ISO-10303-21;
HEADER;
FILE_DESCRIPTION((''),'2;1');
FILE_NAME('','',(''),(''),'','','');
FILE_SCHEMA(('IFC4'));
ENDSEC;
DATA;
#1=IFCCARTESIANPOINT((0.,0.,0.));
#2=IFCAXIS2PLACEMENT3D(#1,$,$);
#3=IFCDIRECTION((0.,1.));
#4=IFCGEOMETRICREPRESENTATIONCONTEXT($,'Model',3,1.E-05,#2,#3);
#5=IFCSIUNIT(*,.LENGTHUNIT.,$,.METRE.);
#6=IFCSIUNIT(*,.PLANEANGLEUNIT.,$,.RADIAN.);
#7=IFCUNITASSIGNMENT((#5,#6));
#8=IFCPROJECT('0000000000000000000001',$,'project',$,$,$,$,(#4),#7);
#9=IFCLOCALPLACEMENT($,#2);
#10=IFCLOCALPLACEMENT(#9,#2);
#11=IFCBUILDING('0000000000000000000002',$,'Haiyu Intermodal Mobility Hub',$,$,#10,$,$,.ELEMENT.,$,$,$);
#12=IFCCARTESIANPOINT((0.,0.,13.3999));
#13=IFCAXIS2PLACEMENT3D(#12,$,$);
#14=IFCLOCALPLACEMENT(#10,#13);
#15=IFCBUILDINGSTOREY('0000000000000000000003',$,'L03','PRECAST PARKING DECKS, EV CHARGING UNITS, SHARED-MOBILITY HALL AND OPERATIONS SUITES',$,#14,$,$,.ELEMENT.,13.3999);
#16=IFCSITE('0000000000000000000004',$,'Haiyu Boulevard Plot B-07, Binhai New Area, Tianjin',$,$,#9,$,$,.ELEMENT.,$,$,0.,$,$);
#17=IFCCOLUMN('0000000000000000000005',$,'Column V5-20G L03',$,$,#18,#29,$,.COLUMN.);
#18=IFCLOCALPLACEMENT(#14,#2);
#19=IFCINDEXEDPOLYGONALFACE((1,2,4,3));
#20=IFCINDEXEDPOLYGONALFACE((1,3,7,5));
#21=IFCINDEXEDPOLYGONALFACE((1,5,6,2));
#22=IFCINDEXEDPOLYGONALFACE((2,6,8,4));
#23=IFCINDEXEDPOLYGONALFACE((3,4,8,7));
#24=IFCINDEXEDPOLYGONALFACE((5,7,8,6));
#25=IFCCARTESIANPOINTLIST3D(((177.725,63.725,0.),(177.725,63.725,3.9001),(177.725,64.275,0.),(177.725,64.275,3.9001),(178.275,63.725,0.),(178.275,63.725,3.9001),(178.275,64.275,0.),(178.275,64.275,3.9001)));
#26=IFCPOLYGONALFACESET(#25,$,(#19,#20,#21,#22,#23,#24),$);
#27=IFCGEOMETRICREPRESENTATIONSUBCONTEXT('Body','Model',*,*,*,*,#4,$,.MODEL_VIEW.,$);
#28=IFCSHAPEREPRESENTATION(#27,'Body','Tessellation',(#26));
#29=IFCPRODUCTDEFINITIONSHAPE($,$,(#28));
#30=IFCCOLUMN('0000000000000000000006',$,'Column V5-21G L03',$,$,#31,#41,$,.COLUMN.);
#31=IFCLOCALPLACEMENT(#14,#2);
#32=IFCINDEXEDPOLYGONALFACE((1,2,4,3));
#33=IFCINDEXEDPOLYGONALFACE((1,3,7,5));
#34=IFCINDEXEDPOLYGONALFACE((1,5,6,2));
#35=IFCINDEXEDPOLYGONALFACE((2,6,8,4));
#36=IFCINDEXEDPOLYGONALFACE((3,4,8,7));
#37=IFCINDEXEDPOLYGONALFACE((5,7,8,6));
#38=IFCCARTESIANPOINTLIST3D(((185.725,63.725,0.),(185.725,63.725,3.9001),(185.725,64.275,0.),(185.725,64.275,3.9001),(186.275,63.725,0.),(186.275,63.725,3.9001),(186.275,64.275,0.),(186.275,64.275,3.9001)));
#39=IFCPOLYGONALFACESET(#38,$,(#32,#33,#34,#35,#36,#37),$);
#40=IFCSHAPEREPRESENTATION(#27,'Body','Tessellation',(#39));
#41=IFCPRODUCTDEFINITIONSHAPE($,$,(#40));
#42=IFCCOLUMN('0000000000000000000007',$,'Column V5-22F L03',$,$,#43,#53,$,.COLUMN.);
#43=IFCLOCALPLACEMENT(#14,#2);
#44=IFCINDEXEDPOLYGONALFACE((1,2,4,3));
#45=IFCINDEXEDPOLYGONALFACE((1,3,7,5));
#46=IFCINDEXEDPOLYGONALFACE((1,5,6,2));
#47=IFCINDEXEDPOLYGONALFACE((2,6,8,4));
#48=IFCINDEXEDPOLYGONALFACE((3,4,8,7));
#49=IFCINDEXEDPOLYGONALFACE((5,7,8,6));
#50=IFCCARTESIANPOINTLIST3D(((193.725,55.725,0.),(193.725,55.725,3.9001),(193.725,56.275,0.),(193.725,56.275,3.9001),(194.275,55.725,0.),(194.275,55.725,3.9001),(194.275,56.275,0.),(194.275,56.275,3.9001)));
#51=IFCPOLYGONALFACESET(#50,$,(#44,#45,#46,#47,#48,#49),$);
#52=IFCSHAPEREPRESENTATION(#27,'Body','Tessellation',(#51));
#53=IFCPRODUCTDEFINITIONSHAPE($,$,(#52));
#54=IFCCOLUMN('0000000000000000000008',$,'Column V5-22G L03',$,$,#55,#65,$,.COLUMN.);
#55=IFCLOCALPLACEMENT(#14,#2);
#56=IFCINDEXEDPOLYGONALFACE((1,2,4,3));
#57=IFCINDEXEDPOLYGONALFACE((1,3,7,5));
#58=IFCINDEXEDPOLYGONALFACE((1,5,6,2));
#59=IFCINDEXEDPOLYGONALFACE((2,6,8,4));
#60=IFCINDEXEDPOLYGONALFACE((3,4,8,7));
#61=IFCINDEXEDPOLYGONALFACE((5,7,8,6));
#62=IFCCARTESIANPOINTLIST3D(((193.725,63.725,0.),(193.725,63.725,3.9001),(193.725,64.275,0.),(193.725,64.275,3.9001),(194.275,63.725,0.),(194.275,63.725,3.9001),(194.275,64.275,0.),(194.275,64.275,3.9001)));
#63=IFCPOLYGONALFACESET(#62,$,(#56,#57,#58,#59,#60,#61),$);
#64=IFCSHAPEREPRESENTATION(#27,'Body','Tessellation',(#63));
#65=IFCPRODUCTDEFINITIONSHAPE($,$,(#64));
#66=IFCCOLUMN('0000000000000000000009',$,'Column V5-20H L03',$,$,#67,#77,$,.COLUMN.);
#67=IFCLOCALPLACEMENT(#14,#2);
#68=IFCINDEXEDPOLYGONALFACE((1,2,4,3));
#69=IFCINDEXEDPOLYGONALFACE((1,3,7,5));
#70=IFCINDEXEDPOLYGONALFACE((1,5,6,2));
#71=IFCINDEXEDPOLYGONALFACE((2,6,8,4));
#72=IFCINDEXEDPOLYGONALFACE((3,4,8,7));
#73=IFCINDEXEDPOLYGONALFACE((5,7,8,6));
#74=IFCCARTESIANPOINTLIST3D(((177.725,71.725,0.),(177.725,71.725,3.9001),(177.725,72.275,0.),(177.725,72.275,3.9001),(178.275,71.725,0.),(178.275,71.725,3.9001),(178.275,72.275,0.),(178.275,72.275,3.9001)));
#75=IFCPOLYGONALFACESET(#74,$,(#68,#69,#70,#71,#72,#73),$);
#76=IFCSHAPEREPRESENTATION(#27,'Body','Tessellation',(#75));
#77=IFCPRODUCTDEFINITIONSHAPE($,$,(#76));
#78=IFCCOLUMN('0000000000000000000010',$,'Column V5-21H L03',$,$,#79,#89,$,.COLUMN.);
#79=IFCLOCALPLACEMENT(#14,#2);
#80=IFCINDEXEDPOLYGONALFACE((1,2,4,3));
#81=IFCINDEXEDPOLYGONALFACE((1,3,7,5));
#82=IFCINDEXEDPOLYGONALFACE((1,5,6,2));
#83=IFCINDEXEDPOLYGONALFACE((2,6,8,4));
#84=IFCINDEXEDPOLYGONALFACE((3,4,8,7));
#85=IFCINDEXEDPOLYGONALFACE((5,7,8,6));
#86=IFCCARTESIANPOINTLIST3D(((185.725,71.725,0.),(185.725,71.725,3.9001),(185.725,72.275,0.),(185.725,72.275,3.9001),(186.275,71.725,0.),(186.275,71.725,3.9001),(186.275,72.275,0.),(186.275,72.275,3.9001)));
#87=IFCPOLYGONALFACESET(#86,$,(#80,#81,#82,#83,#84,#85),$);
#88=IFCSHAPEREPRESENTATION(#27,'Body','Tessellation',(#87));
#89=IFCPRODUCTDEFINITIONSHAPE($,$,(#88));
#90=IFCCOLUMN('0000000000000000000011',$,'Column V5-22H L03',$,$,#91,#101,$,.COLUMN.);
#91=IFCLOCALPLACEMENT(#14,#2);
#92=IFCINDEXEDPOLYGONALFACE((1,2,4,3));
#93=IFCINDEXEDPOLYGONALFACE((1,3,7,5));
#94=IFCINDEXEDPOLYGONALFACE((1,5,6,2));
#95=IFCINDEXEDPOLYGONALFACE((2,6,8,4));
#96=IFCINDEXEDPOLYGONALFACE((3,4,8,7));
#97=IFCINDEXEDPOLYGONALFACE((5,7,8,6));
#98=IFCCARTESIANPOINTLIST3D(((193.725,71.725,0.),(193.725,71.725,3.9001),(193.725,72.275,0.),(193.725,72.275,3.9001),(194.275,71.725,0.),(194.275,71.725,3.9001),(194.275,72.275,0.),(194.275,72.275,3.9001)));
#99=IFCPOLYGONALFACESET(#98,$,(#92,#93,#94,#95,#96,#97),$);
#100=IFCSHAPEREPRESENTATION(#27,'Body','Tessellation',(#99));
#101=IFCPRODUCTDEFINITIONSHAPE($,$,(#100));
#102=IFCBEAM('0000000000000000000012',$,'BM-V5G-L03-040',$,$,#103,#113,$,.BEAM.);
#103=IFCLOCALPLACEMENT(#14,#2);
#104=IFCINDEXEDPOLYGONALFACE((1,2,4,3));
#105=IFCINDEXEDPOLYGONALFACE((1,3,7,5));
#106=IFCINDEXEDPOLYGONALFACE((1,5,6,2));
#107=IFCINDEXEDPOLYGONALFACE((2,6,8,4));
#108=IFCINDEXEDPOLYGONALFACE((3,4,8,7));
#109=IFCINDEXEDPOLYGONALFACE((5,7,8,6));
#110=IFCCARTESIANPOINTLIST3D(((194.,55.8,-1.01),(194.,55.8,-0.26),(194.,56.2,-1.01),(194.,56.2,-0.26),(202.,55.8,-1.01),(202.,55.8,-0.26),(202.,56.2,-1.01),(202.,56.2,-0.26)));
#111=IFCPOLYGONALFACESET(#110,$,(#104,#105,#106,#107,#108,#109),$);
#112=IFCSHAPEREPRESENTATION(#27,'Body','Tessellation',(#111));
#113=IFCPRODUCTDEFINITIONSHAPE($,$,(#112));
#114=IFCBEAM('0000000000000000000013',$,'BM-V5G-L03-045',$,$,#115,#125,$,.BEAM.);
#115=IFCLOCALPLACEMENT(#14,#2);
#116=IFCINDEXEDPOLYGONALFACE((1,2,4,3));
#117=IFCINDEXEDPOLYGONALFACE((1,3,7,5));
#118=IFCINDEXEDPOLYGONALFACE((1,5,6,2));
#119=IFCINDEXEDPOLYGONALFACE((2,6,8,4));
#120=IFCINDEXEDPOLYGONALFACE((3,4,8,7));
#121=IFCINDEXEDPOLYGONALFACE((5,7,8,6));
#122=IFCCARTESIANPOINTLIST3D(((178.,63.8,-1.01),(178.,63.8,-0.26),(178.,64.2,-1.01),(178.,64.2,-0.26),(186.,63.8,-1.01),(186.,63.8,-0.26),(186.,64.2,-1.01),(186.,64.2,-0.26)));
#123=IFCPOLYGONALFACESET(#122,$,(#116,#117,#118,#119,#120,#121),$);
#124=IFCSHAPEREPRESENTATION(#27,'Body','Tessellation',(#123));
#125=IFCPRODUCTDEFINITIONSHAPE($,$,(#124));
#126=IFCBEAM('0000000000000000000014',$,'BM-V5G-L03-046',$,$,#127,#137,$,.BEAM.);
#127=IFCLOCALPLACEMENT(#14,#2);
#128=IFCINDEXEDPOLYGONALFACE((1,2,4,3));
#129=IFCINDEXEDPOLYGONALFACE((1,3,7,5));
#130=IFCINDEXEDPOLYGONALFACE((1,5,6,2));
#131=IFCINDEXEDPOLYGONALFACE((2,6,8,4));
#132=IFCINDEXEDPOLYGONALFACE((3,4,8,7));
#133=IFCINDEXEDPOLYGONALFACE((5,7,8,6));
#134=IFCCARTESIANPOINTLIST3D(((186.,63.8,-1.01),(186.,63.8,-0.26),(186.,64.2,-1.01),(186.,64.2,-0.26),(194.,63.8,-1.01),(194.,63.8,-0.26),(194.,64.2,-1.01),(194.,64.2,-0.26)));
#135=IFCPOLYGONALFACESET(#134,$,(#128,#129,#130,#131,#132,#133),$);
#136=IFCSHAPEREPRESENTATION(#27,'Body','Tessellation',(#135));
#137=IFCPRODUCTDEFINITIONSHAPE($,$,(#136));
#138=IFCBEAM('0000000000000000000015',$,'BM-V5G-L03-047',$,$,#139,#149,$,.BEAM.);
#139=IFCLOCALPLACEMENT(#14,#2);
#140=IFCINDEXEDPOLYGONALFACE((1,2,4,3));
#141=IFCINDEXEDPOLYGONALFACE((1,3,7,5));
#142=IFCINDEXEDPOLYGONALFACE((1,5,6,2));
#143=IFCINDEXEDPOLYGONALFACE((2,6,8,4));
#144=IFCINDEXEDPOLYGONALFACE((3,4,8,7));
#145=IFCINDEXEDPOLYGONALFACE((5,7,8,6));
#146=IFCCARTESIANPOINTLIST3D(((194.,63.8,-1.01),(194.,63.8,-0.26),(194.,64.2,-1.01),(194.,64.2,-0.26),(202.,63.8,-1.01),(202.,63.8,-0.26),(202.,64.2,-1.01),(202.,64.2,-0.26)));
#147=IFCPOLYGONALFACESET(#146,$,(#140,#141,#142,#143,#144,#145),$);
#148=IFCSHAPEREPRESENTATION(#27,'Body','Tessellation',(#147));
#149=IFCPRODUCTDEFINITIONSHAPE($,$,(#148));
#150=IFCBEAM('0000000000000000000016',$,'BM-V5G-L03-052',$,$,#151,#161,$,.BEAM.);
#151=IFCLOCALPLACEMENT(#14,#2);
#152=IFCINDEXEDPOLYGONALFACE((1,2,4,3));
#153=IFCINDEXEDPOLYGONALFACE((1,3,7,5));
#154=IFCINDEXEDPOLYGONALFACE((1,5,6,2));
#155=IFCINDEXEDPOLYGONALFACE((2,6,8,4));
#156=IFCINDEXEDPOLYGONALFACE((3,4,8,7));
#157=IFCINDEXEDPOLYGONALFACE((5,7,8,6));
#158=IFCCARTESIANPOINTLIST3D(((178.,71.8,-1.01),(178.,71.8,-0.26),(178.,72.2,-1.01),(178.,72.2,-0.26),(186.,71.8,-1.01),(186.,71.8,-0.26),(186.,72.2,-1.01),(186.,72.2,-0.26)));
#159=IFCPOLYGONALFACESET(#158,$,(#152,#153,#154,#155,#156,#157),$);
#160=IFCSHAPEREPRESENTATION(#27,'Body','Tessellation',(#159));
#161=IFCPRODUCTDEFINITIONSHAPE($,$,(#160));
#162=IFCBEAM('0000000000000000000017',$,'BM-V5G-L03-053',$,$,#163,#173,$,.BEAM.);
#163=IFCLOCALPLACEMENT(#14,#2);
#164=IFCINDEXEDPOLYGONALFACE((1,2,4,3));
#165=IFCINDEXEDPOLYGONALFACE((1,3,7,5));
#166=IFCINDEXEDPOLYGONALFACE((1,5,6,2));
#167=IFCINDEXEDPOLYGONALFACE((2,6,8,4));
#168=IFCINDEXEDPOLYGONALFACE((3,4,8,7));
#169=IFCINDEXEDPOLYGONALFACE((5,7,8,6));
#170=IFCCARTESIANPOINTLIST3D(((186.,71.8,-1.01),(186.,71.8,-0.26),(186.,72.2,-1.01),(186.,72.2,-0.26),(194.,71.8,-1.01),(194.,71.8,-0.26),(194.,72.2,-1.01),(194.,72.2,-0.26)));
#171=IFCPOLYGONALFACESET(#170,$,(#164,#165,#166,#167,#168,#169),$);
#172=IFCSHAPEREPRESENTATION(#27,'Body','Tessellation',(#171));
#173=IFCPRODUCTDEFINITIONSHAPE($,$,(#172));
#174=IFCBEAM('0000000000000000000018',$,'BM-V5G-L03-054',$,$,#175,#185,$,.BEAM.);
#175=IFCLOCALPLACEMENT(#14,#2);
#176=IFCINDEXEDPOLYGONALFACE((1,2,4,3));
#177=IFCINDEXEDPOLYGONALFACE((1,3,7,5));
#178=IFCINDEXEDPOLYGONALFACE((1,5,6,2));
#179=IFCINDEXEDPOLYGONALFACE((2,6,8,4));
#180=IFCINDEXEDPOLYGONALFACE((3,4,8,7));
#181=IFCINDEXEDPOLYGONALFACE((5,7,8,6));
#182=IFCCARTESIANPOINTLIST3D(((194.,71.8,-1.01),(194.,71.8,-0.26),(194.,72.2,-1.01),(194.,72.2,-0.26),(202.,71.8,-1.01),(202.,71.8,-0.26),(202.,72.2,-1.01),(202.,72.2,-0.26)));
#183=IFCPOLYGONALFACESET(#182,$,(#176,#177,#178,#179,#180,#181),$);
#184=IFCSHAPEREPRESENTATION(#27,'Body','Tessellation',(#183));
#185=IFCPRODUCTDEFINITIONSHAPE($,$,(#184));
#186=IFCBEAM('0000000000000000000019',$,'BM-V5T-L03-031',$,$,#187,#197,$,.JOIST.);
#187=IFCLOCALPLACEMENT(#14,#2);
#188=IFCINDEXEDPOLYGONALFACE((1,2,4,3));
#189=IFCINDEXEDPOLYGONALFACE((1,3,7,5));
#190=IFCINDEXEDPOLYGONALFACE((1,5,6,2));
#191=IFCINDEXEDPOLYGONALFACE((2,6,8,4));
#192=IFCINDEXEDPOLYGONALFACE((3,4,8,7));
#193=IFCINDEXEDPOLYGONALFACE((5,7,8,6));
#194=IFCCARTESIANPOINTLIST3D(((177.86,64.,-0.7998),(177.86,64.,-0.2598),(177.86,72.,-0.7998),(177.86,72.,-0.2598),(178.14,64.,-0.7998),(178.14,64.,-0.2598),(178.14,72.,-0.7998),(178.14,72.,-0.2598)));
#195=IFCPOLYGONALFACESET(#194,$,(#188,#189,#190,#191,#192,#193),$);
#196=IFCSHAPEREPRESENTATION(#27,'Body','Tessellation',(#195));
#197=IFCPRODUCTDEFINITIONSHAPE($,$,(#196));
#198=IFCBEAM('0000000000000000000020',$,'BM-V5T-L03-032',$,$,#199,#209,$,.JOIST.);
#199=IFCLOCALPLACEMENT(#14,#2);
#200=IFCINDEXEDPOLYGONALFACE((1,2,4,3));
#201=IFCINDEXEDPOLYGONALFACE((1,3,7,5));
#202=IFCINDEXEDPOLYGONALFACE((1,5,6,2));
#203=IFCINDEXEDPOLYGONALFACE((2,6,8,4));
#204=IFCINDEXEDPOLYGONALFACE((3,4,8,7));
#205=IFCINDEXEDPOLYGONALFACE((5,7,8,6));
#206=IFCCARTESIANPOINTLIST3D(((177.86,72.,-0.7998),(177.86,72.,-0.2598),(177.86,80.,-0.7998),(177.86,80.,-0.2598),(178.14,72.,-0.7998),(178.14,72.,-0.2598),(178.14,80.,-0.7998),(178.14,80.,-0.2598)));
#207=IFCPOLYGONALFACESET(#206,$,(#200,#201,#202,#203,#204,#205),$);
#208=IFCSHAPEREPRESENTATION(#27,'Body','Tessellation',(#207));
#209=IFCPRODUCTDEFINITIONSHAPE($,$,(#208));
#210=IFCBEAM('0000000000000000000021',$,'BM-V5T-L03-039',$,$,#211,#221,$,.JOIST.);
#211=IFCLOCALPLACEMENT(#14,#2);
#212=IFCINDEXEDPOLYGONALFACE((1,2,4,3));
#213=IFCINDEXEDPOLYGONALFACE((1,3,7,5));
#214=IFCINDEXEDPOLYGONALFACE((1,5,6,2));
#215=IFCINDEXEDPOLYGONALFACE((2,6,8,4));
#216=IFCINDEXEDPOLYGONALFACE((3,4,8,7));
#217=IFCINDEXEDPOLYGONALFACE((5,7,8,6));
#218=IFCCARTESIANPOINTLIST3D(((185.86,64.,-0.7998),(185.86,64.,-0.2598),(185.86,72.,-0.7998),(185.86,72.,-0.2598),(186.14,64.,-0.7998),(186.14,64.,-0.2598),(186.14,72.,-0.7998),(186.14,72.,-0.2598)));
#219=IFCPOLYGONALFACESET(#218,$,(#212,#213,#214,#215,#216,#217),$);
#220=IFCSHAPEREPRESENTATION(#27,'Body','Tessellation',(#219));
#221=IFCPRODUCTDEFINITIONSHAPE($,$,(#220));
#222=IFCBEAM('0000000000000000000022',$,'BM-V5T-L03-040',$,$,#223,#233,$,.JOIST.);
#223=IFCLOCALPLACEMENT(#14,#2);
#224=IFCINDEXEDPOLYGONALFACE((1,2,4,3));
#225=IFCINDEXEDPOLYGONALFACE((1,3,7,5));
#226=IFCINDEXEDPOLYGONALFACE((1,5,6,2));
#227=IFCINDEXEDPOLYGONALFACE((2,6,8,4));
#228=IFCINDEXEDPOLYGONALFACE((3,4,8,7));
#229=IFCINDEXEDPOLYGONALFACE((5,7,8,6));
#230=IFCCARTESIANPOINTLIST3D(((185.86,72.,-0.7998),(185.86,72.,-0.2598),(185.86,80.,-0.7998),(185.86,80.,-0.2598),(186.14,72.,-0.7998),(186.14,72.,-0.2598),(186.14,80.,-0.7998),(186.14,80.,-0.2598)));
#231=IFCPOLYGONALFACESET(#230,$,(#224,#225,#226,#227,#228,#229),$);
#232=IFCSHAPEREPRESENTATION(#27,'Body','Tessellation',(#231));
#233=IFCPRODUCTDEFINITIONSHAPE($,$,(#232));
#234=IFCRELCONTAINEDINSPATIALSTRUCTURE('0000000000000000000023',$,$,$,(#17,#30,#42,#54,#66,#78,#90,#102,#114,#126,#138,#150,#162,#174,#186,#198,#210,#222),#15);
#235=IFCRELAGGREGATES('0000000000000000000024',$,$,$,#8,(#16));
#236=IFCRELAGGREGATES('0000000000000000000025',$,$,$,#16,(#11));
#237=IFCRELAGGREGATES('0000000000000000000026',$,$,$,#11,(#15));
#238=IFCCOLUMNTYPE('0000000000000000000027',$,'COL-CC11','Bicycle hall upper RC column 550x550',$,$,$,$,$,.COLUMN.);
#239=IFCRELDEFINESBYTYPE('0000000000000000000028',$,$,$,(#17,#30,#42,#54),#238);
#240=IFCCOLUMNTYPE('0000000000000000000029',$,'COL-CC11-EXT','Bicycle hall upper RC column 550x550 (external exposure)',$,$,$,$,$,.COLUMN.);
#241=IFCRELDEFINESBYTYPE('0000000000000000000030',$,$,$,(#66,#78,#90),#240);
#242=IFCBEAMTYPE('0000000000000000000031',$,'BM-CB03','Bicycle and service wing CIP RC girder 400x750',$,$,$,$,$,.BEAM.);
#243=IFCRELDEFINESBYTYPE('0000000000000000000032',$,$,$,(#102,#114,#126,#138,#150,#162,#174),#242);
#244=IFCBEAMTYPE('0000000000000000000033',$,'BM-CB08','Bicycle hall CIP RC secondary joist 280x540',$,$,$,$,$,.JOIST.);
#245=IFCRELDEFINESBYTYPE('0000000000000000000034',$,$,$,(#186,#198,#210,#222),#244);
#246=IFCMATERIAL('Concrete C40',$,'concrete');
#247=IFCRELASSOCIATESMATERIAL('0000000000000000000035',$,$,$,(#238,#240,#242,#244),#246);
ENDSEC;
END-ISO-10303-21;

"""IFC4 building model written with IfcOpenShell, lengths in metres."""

from ifc_helpers import new_model, si_unit, direction, frame, origin, origin_2d, place, context, subcontext, project, spatial, rectangle, extrude, material, material_profile, profile_set, type_object, element, save


model = new_model("IFC4")

# Units and contexts
model_context = context("Model", 3, precision=1e-05, world=origin(), true_north=direction((0.0, 1.0)))
body_context = subcontext(model_context, "Body", "Model", "MODEL_VIEW")
ifc_project = project(units=[si_unit("LENGTHUNIT", "METRE"), si_unit("PLANEANGLEUNIT", "RADIAN")], contexts=[model_context])

# Site, building, storey
site_placement = place(None, origin())
site = spatial("IfcSite", under=ifc_project, at=site_placement, Name="Haiyu Boulevard Plot B-07, Binhai New Area, Tianjin", CompositionType="ELEMENT", RefElevation=0.0)
building_placement = place(site_placement, origin())
building = spatial("IfcBuilding", under=site, at=building_placement, Name="Haiyu Intermodal Mobility Hub", CompositionType="ELEMENT")
storey_placement = place(building_placement, frame((0.0, 0.0, 13.3999)))
storey = spatial("IfcBuildingStorey", under=building, at=storey_placement, Name="L03", Description="PRECAST PARKING DECKS, EV CHARGING UNITS, SHARED-MOBILITY HALL AND OPERATIONS SUITES", CompositionType="ELEMENT", Elevation=13.3999)

# Columns
ifc_material = material(Name="Concrete C40", Category="concrete")
ifc_material_profile_1 = material_profile(ifc_material, rectangle(XDim=0.55, YDim=0.55, at=origin_2d()), Name="RC550x550")
ifc_profile_set_1 = profile_set([ifc_material_profile_1], Name="Concrete C40")
column_type_1 = type_object("IfcColumnType", Name="COL-CC11", Description="Bicycle hall upper RC column 550x550", PredefinedType="COLUMN", material=ifc_profile_set_1)
for number, where, z_axis, x_axis, name in (
    (1, (178.0, 64.0, 0.0), (0.0, 0.0, 1.0), (1.0, 0.0, 0.0), "Column V5-20G L03"),
    (2, (186.0, 64.0, 0.0), (0.0, 0.0, 1.0), (1.0, 0.0, 0.0), "Column V5-21G L03"),
    (3, (194.0, 56.0, 0.0), (0.0, 0.0, 1.0), (1.0, 0.0, 0.0), "Column V5-22F L03"),
    (4, (194.0, 64.0, 0.0), (0.0, 0.0, 1.0), (1.0, 0.0, 0.0), "Column V5-22G L03"),
):
    element("IfcColumn", number, at=place(storey_placement, frame(where, z_axis=z_axis, x_axis=x_axis)), inside=storey, type_object=column_type_1, Name=name, PredefinedType="COLUMN", context=body_context, shape_type="SweptSolid", body=[
        extrude(rectangle(XDim=0.55, YDim=0.55, at=origin_2d()), origin(), (0.0, 0.0, 1.0), 3.9001),
    ])
ifc_material_profile_2 = material_profile(ifc_material, rectangle(XDim=0.55, YDim=0.55, at=origin_2d()), Name="RC550x550")
ifc_profile_set_2 = profile_set([ifc_material_profile_2], Name="Concrete C40")
column_type_2 = type_object("IfcColumnType", Name="COL-CC11-EXT", Description="Bicycle hall upper RC column 550x550 (external exposure)", PredefinedType="COLUMN", material=ifc_profile_set_2)
for number, where, z_axis, x_axis, name in (
    (5, (178.0, 72.0, 0.0), (0.0, 0.0, 1.0), (1.0, 0.0, 0.0), "Column V5-20H L03"),
    (6, (186.0, 72.0, 0.0), (0.0, 0.0, 1.0), (1.0, 0.0, 0.0), "Column V5-21H L03"),
    (7, (194.0, 72.0, 0.0), (0.0, 0.0, 1.0), (1.0, 0.0, 0.0), "Column V5-22H L03"),
):
    element("IfcColumn", number, at=place(storey_placement, frame(where, z_axis=z_axis, x_axis=x_axis)), inside=storey, type_object=column_type_2, Name=name, PredefinedType="COLUMN", context=body_context, shape_type="SweptSolid", body=[
        extrude(rectangle(XDim=0.55, YDim=0.55, at=origin_2d()), origin(), (0.0, 0.0, 1.0), 3.9001),
    ])

# Beams
ifc_material_profile_3 = material_profile(ifc_material, rectangle(XDim=0.3999, YDim=0.75, at=origin_2d()), Name="RCB400x750")
ifc_profile_set_3 = profile_set([ifc_material_profile_3], Name="Concrete C40")
beam_type_1 = type_object("IfcBeamType", Name="BM-CB03", Description="Bicycle and service wing CIP RC girder 400x750", PredefinedType="BEAM", material=ifc_profile_set_3)
for number, where, z_axis, x_axis, name in (
    (8, (194.0, 56.0, -0.635), (1.0, 0.0, 0.0), (0.0, 1.0, 0.0), "BM-V5G-L03-040"),
    (9, (178.0, 64.0, -0.635), (1.0, 0.0, 0.0), (0.0, 1.0, 0.0), "BM-V5G-L03-045"),
    (10, (186.0, 64.0, -0.635), (1.0, 0.0, 0.0), (0.0, 1.0, 0.0), "BM-V5G-L03-046"),
    (11, (194.0, 64.0, -0.635), (1.0, 0.0, 0.0), (0.0, 1.0, 0.0), "BM-V5G-L03-047"),
    (12, (178.0, 72.0, -0.635), (1.0, 0.0, 0.0), (0.0, 1.0, 0.0), "BM-V5G-L03-052"),
    (13, (186.0, 72.0, -0.635), (1.0, 0.0, 0.0), (0.0, 1.0, 0.0), "BM-V5G-L03-053"),
    (14, (194.0, 72.0, -0.635), (1.0, 0.0, 0.0), (0.0, 1.0, 0.0), "BM-V5G-L03-054"),
):
    element("IfcBeam", number, at=place(storey_placement, frame(where, z_axis=z_axis, x_axis=x_axis)), inside=storey, type_object=beam_type_1, Name=name, PredefinedType="BEAM", context=body_context, shape_type="SweptSolid", body=[
        extrude(rectangle(XDim=0.3999, YDim=0.75, at=origin_2d()), origin(), (0.0, 0.0, 1.0), 8.0),
    ])
ifc_material_profile_4 = material_profile(ifc_material, rectangle(XDim=0.28, YDim=0.54, at=origin_2d()), Name="RCB280x540")
ifc_profile_set_4 = profile_set([ifc_material_profile_4], Name="Concrete C40")
beam_type_2 = type_object("IfcBeamType", Name="BM-CB08", Description="Bicycle hall CIP RC secondary joist 280x540", PredefinedType="JOIST", material=ifc_profile_set_4)
for number, where, z_axis, x_axis, name in (
    (15, (178.0, 64.0, -0.5298), (0.0, 1.0, 0.0), (-1.0, 0.0, 0.0), "BM-V5T-L03-031"),
    (16, (178.0, 72.0, -0.5298), (0.0, 1.0, 0.0), (-1.0, 0.0, 0.0), "BM-V5T-L03-032"),
    (17, (186.0, 64.0, -0.5298), (0.0, 1.0, 0.0), (-1.0, 0.0, 0.0), "BM-V5T-L03-039"),
    (18, (186.0, 72.0, -0.5298), (0.0, 1.0, 0.0), (-1.0, 0.0, 0.0), "BM-V5T-L03-040"),
):
    element("IfcBeam", number, at=place(storey_placement, frame(where, z_axis=z_axis, x_axis=x_axis)), inside=storey, type_object=beam_type_2, Name=name, PredefinedType="JOIST", context=body_context, shape_type="SweptSolid", body=[
        extrude(rectangle(XDim=0.28, YDim=0.54, at=origin_2d()), origin(), (0.0, 0.0, 1.0), 8.0),
    ])

save(model, "model.ifc")
